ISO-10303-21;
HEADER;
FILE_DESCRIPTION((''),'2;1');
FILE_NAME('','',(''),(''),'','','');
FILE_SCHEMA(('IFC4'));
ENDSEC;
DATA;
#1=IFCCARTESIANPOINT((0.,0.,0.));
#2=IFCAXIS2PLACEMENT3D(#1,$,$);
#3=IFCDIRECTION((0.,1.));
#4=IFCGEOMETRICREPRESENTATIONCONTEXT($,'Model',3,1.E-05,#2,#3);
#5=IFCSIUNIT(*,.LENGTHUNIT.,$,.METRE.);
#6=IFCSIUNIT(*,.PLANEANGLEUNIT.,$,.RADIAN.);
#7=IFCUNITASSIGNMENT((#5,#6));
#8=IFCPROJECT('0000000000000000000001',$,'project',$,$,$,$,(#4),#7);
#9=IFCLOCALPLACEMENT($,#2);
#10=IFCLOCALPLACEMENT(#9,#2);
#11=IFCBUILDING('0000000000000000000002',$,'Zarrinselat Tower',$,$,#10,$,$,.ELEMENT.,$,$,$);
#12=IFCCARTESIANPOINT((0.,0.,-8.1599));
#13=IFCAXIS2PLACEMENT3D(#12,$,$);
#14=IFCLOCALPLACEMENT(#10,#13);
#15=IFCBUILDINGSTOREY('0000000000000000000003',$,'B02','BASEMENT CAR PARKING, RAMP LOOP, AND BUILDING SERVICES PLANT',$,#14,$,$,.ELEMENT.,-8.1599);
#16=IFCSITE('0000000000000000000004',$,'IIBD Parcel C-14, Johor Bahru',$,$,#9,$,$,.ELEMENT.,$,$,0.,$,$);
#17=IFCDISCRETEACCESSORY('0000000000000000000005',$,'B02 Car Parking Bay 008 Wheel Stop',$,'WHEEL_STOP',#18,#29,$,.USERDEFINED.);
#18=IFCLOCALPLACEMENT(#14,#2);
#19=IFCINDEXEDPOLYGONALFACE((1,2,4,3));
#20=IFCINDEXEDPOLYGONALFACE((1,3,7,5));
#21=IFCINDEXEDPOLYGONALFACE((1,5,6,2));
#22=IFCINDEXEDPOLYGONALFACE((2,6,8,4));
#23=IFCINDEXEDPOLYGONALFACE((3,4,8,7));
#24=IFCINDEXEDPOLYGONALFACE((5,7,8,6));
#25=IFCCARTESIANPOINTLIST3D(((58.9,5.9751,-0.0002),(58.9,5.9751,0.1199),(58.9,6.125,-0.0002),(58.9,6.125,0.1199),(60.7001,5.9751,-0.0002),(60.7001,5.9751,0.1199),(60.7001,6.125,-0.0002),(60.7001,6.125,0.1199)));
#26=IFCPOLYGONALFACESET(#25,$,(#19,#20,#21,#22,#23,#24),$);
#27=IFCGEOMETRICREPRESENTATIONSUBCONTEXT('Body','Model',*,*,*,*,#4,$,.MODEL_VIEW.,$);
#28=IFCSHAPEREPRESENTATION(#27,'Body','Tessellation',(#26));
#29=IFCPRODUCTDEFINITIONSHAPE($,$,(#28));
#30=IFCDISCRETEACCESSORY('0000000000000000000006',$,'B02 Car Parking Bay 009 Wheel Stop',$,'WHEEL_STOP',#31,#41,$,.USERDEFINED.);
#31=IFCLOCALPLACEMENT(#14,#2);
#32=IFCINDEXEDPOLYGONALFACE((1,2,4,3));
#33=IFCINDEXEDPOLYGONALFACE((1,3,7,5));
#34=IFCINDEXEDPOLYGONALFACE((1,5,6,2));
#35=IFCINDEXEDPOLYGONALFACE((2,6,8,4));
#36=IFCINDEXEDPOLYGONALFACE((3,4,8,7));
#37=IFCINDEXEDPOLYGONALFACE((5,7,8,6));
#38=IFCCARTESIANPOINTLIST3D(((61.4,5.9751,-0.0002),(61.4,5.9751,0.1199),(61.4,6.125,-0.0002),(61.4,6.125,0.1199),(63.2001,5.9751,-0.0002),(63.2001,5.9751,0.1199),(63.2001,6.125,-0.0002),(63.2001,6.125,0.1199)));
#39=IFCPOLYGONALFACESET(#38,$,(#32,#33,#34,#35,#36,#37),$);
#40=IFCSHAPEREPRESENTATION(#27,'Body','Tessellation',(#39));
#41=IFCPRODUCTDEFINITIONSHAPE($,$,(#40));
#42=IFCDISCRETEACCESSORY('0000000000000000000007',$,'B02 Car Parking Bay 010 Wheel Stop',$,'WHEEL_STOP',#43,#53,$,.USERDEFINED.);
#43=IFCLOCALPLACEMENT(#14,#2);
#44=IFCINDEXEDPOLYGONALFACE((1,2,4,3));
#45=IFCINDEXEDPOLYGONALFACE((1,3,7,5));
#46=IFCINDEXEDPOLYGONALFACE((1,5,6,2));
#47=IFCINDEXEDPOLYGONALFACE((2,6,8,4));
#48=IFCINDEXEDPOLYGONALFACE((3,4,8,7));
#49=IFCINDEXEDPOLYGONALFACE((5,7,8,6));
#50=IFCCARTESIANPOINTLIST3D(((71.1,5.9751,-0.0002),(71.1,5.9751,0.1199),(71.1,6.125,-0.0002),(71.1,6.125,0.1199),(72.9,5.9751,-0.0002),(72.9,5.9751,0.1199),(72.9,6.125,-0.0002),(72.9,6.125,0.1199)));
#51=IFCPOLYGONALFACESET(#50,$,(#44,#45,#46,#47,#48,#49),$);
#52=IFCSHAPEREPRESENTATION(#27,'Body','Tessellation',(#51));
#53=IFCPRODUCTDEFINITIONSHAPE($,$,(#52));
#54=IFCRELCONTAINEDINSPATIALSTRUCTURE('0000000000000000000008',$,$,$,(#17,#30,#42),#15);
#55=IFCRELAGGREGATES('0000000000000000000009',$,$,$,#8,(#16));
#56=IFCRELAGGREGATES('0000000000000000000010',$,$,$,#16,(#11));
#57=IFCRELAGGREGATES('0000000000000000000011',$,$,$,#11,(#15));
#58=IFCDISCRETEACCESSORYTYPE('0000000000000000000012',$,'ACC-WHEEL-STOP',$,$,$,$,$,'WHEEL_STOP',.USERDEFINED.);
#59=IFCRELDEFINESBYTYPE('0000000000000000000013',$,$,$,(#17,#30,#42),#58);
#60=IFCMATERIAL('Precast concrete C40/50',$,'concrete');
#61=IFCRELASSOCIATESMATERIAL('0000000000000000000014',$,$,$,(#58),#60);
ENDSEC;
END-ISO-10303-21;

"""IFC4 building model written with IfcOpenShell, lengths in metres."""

from ifc_helpers import new_model, si_unit, direction, frame, origin, origin_2d, place, context, subcontext, project, spatial, rectangle, extrude, material, type_object, element, save


model = new_model("IFC4")

# Units and contexts
model_context = context("Model", 3, precision=1e-05, world=origin(), true_north=direction((0.0, 1.0)))
body_context = subcontext(model_context, "Body", "Model", "MODEL_VIEW")
ifc_project = project(units=[si_unit("LENGTHUNIT", "METRE"), si_unit("PLANEANGLEUNIT", "RADIAN")], contexts=[model_context])

# Site, building, storey
site_placement = place(None, origin())
site = spatial("IfcSite", under=ifc_project, at=site_placement, Name="IIBD Parcel C-14, Johor Bahru", CompositionType="ELEMENT", RefElevation=0.0)
building_placement = place(site_placement, origin())
building = spatial("IfcBuilding", under=site, at=building_placement, Name="Zarrinselat Tower", CompositionType="ELEMENT")
storey_placement = place(building_placement, frame((0.0, 0.0, -8.1599)))
storey = spatial("IfcBuildingStorey", under=building, at=storey_placement, Name="B02", Description="BASEMENT CAR PARKING, RAMP LOOP, AND BUILDING SERVICES PLANT", CompositionType="ELEMENT", Elevation=-8.1599)

# Discrete accessories
ifc_material_1 = material(Name="Precast concrete C40/50", Category="concrete")
discrete_accessory_type = type_object("IfcDiscreteAccessoryType", Name="ACC-WHEEL-STOP", ElementType="WHEEL_STOP", PredefinedType="USERDEFINED", material=ifc_material_1)
for number, where, z_axis, x_axis, name in (
    (1, (59.8, 6.05, -0.0002), (0.0, 0.0, 1.0), (1.0, 0.0, 0.0), "B02 Car Parking Bay 008 Wheel Stop"),
    (2, (62.3, 6.05, -0.0002), (0.0, 0.0, 1.0), (1.0, 0.0, 0.0), "B02 Car Parking Bay 009 Wheel Stop"),
    (3, (72.0, 6.05, -0.0002), (0.0, 0.0, 1.0), (1.0, 0.0, 0.0), "B02 Car Parking Bay 010 Wheel Stop"),
):
    element("IfcDiscreteAccessory", number, at=place(storey_placement, frame(where, z_axis=z_axis, x_axis=x_axis)), inside=storey, type_object=discrete_accessory_type, Name=name, ObjectType="WHEEL_STOP", PredefinedType="USERDEFINED", context=body_context, shape_type="SweptSolid", body=[
        extrude(rectangle(XDim=1.8, YDim=0.1499, at=origin_2d()), origin(), (0.0, 0.0, 1.0), 0.1201),
    ])

save(model, "model.ifc")
